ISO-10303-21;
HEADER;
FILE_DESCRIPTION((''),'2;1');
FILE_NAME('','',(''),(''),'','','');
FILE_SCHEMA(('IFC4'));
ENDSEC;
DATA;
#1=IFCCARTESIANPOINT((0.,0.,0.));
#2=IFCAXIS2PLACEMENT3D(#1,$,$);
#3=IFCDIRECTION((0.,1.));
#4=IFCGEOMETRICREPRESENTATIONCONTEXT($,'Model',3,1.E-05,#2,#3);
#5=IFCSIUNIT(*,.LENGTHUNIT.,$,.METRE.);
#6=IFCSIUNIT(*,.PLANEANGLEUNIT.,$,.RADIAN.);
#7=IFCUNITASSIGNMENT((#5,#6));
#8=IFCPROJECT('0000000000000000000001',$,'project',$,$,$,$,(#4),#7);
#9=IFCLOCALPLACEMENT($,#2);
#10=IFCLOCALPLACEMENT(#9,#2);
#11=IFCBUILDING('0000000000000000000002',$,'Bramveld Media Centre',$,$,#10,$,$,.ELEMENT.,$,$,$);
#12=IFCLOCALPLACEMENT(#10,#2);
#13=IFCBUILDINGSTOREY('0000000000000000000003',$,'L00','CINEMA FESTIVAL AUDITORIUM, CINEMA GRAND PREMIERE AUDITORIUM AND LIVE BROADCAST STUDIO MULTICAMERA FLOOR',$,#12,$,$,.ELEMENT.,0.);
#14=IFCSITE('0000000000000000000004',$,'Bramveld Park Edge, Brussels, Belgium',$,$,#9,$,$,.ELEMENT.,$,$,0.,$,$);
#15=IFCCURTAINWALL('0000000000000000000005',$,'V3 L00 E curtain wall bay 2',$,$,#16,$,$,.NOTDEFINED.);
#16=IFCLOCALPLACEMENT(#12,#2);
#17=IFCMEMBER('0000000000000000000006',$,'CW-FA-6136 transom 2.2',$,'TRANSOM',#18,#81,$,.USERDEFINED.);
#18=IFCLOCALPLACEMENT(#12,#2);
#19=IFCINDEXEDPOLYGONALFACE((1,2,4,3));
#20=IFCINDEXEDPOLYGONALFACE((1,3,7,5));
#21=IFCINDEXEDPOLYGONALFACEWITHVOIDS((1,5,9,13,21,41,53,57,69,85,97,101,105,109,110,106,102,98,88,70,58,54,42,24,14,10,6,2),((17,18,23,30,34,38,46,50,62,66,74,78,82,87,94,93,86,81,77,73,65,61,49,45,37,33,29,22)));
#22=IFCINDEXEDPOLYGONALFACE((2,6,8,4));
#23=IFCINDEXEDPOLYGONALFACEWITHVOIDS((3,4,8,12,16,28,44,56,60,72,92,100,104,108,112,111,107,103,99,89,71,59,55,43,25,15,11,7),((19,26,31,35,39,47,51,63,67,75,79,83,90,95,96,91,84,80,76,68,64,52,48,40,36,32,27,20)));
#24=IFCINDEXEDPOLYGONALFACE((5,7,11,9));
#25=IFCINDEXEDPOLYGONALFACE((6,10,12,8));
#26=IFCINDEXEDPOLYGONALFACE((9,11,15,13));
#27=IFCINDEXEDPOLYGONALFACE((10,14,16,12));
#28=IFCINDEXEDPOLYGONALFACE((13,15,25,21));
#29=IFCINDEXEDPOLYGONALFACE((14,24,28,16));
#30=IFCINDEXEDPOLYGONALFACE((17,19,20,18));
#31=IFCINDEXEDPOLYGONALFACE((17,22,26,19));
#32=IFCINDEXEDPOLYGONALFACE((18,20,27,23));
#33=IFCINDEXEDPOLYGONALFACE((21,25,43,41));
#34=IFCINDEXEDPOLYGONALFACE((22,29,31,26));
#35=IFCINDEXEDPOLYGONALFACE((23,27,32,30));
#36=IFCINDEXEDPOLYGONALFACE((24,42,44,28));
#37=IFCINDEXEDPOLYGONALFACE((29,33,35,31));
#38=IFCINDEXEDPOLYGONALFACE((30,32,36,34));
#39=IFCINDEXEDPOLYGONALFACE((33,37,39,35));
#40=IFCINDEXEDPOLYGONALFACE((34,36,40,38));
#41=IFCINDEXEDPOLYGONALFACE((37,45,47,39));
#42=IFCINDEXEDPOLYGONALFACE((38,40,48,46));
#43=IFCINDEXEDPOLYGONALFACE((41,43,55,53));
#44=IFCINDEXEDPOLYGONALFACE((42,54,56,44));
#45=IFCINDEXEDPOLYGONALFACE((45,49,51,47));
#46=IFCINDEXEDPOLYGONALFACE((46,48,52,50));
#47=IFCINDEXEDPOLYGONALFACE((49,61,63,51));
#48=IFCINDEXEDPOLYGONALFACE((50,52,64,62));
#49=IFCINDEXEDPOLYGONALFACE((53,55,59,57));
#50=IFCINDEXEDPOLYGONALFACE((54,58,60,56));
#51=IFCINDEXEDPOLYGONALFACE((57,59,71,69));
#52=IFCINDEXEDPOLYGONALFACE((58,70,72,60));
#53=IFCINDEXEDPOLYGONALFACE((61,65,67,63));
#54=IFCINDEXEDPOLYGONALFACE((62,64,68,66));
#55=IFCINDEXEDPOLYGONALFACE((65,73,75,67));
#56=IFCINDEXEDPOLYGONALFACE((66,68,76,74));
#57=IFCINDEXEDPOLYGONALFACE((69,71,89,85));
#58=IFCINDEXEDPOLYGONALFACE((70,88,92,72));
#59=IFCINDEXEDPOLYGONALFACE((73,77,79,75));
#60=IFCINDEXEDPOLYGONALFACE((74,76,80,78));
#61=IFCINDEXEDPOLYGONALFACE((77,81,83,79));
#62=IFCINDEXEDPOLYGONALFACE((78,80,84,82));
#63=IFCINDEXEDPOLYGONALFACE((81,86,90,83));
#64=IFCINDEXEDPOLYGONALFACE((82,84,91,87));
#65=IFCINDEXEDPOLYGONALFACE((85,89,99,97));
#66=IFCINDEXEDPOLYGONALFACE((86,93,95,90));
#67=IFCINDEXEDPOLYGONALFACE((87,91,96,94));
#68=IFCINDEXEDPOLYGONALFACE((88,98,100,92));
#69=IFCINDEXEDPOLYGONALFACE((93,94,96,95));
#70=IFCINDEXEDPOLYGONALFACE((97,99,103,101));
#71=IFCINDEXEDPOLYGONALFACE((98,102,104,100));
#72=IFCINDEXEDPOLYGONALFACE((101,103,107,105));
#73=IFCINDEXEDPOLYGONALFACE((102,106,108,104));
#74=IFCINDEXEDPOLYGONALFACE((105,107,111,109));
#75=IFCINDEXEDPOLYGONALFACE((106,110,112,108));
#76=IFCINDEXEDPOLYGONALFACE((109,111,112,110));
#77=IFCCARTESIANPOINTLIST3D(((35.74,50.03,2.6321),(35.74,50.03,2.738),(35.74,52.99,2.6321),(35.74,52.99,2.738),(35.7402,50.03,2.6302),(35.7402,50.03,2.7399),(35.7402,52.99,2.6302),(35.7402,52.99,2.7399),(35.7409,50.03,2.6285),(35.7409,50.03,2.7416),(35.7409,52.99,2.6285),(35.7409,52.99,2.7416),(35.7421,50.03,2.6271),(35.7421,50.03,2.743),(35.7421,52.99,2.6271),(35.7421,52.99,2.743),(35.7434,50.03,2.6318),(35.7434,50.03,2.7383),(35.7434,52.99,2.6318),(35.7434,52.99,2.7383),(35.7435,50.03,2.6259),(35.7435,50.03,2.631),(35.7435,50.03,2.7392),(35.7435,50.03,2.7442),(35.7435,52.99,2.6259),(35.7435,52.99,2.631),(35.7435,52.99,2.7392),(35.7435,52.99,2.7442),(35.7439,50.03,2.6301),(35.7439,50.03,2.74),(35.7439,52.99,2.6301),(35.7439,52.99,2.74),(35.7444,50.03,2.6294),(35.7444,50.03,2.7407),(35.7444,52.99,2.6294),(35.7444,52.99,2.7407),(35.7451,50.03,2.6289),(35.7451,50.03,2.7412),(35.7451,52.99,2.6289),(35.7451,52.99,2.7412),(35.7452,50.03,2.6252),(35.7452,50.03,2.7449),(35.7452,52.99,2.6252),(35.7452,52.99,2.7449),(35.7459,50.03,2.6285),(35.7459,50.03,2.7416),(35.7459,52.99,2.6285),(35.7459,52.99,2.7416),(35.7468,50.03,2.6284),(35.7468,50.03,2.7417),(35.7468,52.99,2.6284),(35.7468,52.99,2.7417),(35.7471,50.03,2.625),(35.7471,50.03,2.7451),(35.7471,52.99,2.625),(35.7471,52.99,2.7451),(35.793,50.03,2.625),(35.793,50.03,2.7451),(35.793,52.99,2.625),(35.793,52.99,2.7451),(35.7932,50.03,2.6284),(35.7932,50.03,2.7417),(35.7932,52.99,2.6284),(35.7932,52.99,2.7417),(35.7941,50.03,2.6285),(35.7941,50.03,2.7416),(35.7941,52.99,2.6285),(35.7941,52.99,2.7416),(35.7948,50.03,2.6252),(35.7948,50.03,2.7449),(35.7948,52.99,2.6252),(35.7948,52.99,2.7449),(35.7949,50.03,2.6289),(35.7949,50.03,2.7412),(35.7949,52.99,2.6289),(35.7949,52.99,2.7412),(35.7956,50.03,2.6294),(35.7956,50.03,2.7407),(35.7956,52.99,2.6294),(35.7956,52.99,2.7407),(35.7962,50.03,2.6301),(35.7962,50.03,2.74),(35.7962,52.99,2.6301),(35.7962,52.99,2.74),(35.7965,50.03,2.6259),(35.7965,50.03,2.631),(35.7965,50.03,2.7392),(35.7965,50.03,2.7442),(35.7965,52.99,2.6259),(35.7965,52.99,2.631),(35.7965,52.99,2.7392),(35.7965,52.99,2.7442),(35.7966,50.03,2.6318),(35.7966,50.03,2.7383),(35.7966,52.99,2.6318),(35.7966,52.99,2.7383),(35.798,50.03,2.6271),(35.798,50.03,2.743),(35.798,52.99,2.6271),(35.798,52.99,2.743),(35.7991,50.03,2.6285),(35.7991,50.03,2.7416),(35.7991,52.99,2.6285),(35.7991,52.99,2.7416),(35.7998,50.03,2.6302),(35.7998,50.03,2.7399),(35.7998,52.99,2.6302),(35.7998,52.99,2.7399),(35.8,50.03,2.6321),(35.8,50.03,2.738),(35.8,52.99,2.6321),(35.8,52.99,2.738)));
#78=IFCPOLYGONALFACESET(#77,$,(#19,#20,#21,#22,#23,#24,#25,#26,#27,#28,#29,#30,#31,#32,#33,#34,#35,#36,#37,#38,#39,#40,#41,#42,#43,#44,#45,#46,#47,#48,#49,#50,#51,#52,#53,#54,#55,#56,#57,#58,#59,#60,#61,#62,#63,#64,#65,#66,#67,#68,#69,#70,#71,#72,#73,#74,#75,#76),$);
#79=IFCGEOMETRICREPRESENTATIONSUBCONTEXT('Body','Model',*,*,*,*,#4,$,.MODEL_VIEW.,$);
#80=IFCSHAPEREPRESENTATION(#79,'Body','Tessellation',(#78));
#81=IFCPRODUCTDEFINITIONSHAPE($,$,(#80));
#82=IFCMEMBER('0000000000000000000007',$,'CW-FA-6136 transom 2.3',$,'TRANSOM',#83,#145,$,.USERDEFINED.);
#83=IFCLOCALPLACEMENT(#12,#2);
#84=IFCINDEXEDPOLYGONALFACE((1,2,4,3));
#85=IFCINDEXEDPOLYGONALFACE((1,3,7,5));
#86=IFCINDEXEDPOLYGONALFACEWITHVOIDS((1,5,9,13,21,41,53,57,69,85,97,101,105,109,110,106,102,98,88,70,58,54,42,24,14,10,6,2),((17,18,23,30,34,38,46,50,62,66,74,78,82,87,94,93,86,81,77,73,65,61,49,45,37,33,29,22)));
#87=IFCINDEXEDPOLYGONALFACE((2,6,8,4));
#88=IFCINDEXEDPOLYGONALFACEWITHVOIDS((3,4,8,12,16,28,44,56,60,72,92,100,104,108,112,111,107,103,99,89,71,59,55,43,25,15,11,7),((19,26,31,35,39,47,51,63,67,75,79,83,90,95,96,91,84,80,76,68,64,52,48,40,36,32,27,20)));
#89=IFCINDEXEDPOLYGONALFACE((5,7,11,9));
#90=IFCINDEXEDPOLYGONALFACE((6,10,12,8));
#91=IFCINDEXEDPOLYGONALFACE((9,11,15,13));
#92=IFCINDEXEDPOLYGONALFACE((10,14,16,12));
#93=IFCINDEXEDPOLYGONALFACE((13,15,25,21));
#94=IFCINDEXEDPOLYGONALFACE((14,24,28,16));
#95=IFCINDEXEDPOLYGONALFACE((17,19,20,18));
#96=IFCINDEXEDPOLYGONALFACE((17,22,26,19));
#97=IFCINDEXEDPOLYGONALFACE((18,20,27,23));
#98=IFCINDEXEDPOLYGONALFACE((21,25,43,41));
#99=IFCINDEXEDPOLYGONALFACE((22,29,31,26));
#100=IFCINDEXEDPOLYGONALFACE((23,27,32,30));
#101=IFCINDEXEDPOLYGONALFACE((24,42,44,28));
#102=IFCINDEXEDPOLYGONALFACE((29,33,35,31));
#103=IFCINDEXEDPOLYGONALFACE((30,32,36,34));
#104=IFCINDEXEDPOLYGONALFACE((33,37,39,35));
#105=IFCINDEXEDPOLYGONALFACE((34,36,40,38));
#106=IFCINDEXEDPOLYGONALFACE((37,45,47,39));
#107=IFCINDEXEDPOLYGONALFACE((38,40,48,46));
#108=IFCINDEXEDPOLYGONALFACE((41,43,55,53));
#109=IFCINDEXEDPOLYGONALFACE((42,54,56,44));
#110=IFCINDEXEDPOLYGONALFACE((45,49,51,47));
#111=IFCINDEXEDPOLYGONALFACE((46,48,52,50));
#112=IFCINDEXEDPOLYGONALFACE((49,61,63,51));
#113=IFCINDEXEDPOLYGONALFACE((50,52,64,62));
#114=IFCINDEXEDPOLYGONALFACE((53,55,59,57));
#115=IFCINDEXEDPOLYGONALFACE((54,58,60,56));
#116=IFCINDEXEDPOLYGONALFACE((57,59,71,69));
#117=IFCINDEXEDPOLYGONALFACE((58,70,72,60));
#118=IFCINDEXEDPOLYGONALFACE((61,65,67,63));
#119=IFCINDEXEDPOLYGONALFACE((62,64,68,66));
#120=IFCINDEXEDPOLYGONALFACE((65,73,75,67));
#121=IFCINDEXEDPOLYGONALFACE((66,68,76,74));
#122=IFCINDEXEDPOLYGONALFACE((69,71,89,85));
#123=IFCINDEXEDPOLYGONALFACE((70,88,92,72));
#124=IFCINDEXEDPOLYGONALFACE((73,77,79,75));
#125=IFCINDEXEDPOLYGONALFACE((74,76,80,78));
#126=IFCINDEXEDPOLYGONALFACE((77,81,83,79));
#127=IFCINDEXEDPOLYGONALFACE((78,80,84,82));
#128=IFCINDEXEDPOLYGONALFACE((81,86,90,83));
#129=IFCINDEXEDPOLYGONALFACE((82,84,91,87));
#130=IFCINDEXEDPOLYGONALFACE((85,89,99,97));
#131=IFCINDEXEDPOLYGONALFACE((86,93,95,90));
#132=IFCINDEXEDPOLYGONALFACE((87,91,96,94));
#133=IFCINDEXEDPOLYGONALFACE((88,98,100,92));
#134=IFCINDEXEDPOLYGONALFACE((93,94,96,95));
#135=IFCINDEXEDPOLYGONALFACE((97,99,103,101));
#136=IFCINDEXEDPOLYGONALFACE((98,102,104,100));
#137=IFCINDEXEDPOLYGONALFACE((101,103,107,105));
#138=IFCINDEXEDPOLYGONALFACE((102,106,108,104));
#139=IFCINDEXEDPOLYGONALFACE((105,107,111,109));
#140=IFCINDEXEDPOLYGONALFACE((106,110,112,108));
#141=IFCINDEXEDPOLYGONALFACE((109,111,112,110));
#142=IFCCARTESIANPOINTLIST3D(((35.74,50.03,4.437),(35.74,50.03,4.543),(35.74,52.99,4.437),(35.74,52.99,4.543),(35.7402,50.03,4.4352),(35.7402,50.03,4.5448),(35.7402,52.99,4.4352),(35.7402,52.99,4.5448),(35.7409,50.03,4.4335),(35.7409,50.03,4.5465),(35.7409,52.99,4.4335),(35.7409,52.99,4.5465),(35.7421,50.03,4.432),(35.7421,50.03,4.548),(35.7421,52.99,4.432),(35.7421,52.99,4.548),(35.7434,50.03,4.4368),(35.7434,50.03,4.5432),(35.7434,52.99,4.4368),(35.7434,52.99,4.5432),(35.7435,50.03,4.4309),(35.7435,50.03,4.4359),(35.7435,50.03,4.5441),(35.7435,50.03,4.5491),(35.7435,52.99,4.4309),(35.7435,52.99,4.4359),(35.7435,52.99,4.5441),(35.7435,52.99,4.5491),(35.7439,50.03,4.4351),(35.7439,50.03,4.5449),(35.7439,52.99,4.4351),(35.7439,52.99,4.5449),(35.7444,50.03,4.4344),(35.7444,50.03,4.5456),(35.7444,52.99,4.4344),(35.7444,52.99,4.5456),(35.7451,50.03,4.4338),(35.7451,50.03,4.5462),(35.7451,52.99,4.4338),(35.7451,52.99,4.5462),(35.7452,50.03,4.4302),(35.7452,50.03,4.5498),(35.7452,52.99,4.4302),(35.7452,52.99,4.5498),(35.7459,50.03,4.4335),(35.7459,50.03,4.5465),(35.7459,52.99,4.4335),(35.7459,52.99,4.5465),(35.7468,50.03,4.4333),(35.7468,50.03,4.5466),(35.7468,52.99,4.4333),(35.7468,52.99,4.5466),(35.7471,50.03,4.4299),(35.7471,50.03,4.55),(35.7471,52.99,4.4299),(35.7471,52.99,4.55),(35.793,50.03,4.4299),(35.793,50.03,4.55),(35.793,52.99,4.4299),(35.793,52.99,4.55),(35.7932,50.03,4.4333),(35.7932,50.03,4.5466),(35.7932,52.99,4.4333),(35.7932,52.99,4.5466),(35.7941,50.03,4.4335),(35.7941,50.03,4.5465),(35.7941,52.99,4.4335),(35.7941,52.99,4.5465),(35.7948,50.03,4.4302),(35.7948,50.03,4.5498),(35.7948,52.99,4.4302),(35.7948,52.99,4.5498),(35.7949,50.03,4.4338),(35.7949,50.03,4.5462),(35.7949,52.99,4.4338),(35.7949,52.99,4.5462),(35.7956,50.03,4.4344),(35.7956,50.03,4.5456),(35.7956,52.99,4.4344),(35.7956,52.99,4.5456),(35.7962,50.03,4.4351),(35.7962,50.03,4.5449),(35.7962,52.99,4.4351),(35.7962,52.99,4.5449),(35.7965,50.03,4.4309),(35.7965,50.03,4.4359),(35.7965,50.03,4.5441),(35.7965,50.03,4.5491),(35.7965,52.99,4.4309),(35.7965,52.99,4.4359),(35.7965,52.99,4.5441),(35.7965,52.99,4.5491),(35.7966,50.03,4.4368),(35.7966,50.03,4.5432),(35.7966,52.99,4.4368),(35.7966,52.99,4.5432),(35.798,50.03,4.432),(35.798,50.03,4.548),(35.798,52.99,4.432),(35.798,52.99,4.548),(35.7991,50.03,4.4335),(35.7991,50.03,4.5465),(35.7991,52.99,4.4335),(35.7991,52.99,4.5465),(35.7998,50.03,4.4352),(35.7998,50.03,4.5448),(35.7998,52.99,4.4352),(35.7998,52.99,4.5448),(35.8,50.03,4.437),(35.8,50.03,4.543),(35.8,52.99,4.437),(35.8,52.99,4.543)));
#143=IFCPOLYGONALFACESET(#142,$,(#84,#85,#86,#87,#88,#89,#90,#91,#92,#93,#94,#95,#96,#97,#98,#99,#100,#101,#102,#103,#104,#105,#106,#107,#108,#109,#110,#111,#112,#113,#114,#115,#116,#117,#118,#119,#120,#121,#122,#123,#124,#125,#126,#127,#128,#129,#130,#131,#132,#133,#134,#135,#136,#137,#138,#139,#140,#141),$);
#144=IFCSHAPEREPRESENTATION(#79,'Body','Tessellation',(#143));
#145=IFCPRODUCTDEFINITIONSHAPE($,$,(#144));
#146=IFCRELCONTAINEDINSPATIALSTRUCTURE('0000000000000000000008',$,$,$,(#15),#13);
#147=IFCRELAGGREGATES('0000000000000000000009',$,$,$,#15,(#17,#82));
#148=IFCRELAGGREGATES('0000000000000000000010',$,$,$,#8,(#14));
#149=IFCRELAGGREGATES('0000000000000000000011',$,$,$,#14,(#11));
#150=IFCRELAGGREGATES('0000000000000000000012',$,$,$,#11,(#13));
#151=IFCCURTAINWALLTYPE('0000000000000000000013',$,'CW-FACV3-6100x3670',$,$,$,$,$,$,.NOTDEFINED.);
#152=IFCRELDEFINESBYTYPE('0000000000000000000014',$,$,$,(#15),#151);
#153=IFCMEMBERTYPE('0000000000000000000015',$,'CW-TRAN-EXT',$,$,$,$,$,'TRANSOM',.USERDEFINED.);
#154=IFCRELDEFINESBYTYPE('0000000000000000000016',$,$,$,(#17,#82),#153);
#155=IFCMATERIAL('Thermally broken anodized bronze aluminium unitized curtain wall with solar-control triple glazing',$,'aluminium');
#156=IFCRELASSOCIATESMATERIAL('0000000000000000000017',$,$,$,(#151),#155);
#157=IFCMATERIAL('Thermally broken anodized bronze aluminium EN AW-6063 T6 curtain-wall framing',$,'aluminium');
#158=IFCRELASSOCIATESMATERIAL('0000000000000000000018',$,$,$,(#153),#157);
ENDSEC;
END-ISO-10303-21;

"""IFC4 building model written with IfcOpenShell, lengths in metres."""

from ifc_helpers import new_model, si_unit, direction, frame, origin, origin_2d, place, context, subcontext, project, spatial, hollow_rectangle, extrude, material, material_profile, profile_set, type_object, element, aggregate, save


model = new_model("IFC4")

# Units and contexts
model_context = context("Model", 3, precision=1e-05, world=origin(), true_north=direction((0.0, 1.0)))
body_context = subcontext(model_context, "Body", "Model", "MODEL_VIEW")
ifc_project = project(units=[si_unit("LENGTHUNIT", "METRE"), si_unit("PLANEANGLEUNIT", "RADIAN")], contexts=[model_context])

# Site, building, storey
site_placement = place(None, origin())
site = spatial("IfcSite", under=ifc_project, at=site_placement, Name="Bramveld Park Edge, Brussels, Belgium", CompositionType="ELEMENT", RefElevation=0.0)
building_placement = place(site_placement, origin())
building = spatial("IfcBuilding", under=site, at=building_placement, Name="Bramveld Media Centre", CompositionType="ELEMENT")
storey_placement = place(building_placement, origin())
storey = spatial("IfcBuildingStorey", under=building, at=storey_placement, Name="L00", Description="CINEMA FESTIVAL AUDITORIUM, CINEMA GRAND PREMIERE AUDITORIUM AND LIVE BROADCAST STUDIO MULTICAMERA FLOOR", CompositionType="ELEMENT", Elevation=0.0)

# Curtain wall
ifc_material_1 = material(Name="Thermally broken anodized bronze aluminium unitized curtain wall with solar-control triple glazing", Category="aluminium")
curtain_wall_type = type_object("IfcCurtainWallType", Name="CW-FACV3-6100x3670", PredefinedType="NOTDEFINED", material=ifc_material_1)
curtain_wall_1_placement = place(storey_placement, origin())
curtain_wall_1 = element("IfcCurtainWall", 1, at=curtain_wall_1_placement, inside=storey, type_object=curtain_wall_type, Name="V3 L00 E curtain wall bay 2", PredefinedType="NOTDEFINED")

# Members
ifc_material_2 = material(Name="Thermally broken anodized bronze aluminium EN AW-6063 T6 curtain-wall framing", Category="aluminium")
ifc_material_profile_1 = material_profile(ifc_material_2, hollow_rectangle(XDim=0.0601, YDim=0.1201, WallThickness=0.0034, InnerFilletRadius=0.0034, OuterFilletRadius=0.0071, at=origin_2d()), Name="AL-TRAN 60x120")
ifc_profile_set_1 = profile_set([ifc_material_profile_1], Name="Thermally broken anodized bronze aluminium EN AW-6063 T6 curtain-wall framing")
member_type_1 = type_object("IfcMemberType", Name="CW-TRAN-EXT", ElementType="TRANSOM", PredefinedType="USERDEFINED", material=ifc_profile_set_1)
member_1_placement = place(storey_placement, frame((35.77, 50.03, 2.6851), z_axis=(0.0, 1.0, 0.0), x_axis=(-1.0, 0.0, 0.0)))
member_1 = element("IfcMember", 2, at=member_1_placement, type_object=member_type_1, Name="CW-FA-6136 transom 2.2", ObjectType="TRANSOM", PredefinedType="USERDEFINED", context=body_context, shape_type="SweptSolid", body=[
    extrude(hollow_rectangle(XDim=0.0601, YDim=0.1201, WallThickness=0.0034, InnerFilletRadius=0.0034, OuterFilletRadius=0.0071, at=origin_2d()), origin(), (0.0, 0.0, 1.0), 2.96),
])
member_2_placement = place(storey_placement, frame((35.77, 50.03, 4.49), z_axis=(0.0, 1.0, 0.0), x_axis=(-1.0, 0.0, 0.0)))
member_2 = element("IfcMember", 3, at=member_2_placement, type_object=member_type_1, Name="CW-FA-6136 transom 2.3", ObjectType="TRANSOM", PredefinedType="USERDEFINED", context=body_context, shape_type="SweptSolid", body=[
    extrude(hollow_rectangle(XDim=0.0601, YDim=0.1201, WallThickness=0.0034, InnerFilletRadius=0.0034, OuterFilletRadius=0.0071, at=origin_2d()), origin(), (0.0, 0.0, 1.0), 2.96),
])

aggregate(curtain_wall_1, [member_1, member_2])

save(model, "model.ifc")
